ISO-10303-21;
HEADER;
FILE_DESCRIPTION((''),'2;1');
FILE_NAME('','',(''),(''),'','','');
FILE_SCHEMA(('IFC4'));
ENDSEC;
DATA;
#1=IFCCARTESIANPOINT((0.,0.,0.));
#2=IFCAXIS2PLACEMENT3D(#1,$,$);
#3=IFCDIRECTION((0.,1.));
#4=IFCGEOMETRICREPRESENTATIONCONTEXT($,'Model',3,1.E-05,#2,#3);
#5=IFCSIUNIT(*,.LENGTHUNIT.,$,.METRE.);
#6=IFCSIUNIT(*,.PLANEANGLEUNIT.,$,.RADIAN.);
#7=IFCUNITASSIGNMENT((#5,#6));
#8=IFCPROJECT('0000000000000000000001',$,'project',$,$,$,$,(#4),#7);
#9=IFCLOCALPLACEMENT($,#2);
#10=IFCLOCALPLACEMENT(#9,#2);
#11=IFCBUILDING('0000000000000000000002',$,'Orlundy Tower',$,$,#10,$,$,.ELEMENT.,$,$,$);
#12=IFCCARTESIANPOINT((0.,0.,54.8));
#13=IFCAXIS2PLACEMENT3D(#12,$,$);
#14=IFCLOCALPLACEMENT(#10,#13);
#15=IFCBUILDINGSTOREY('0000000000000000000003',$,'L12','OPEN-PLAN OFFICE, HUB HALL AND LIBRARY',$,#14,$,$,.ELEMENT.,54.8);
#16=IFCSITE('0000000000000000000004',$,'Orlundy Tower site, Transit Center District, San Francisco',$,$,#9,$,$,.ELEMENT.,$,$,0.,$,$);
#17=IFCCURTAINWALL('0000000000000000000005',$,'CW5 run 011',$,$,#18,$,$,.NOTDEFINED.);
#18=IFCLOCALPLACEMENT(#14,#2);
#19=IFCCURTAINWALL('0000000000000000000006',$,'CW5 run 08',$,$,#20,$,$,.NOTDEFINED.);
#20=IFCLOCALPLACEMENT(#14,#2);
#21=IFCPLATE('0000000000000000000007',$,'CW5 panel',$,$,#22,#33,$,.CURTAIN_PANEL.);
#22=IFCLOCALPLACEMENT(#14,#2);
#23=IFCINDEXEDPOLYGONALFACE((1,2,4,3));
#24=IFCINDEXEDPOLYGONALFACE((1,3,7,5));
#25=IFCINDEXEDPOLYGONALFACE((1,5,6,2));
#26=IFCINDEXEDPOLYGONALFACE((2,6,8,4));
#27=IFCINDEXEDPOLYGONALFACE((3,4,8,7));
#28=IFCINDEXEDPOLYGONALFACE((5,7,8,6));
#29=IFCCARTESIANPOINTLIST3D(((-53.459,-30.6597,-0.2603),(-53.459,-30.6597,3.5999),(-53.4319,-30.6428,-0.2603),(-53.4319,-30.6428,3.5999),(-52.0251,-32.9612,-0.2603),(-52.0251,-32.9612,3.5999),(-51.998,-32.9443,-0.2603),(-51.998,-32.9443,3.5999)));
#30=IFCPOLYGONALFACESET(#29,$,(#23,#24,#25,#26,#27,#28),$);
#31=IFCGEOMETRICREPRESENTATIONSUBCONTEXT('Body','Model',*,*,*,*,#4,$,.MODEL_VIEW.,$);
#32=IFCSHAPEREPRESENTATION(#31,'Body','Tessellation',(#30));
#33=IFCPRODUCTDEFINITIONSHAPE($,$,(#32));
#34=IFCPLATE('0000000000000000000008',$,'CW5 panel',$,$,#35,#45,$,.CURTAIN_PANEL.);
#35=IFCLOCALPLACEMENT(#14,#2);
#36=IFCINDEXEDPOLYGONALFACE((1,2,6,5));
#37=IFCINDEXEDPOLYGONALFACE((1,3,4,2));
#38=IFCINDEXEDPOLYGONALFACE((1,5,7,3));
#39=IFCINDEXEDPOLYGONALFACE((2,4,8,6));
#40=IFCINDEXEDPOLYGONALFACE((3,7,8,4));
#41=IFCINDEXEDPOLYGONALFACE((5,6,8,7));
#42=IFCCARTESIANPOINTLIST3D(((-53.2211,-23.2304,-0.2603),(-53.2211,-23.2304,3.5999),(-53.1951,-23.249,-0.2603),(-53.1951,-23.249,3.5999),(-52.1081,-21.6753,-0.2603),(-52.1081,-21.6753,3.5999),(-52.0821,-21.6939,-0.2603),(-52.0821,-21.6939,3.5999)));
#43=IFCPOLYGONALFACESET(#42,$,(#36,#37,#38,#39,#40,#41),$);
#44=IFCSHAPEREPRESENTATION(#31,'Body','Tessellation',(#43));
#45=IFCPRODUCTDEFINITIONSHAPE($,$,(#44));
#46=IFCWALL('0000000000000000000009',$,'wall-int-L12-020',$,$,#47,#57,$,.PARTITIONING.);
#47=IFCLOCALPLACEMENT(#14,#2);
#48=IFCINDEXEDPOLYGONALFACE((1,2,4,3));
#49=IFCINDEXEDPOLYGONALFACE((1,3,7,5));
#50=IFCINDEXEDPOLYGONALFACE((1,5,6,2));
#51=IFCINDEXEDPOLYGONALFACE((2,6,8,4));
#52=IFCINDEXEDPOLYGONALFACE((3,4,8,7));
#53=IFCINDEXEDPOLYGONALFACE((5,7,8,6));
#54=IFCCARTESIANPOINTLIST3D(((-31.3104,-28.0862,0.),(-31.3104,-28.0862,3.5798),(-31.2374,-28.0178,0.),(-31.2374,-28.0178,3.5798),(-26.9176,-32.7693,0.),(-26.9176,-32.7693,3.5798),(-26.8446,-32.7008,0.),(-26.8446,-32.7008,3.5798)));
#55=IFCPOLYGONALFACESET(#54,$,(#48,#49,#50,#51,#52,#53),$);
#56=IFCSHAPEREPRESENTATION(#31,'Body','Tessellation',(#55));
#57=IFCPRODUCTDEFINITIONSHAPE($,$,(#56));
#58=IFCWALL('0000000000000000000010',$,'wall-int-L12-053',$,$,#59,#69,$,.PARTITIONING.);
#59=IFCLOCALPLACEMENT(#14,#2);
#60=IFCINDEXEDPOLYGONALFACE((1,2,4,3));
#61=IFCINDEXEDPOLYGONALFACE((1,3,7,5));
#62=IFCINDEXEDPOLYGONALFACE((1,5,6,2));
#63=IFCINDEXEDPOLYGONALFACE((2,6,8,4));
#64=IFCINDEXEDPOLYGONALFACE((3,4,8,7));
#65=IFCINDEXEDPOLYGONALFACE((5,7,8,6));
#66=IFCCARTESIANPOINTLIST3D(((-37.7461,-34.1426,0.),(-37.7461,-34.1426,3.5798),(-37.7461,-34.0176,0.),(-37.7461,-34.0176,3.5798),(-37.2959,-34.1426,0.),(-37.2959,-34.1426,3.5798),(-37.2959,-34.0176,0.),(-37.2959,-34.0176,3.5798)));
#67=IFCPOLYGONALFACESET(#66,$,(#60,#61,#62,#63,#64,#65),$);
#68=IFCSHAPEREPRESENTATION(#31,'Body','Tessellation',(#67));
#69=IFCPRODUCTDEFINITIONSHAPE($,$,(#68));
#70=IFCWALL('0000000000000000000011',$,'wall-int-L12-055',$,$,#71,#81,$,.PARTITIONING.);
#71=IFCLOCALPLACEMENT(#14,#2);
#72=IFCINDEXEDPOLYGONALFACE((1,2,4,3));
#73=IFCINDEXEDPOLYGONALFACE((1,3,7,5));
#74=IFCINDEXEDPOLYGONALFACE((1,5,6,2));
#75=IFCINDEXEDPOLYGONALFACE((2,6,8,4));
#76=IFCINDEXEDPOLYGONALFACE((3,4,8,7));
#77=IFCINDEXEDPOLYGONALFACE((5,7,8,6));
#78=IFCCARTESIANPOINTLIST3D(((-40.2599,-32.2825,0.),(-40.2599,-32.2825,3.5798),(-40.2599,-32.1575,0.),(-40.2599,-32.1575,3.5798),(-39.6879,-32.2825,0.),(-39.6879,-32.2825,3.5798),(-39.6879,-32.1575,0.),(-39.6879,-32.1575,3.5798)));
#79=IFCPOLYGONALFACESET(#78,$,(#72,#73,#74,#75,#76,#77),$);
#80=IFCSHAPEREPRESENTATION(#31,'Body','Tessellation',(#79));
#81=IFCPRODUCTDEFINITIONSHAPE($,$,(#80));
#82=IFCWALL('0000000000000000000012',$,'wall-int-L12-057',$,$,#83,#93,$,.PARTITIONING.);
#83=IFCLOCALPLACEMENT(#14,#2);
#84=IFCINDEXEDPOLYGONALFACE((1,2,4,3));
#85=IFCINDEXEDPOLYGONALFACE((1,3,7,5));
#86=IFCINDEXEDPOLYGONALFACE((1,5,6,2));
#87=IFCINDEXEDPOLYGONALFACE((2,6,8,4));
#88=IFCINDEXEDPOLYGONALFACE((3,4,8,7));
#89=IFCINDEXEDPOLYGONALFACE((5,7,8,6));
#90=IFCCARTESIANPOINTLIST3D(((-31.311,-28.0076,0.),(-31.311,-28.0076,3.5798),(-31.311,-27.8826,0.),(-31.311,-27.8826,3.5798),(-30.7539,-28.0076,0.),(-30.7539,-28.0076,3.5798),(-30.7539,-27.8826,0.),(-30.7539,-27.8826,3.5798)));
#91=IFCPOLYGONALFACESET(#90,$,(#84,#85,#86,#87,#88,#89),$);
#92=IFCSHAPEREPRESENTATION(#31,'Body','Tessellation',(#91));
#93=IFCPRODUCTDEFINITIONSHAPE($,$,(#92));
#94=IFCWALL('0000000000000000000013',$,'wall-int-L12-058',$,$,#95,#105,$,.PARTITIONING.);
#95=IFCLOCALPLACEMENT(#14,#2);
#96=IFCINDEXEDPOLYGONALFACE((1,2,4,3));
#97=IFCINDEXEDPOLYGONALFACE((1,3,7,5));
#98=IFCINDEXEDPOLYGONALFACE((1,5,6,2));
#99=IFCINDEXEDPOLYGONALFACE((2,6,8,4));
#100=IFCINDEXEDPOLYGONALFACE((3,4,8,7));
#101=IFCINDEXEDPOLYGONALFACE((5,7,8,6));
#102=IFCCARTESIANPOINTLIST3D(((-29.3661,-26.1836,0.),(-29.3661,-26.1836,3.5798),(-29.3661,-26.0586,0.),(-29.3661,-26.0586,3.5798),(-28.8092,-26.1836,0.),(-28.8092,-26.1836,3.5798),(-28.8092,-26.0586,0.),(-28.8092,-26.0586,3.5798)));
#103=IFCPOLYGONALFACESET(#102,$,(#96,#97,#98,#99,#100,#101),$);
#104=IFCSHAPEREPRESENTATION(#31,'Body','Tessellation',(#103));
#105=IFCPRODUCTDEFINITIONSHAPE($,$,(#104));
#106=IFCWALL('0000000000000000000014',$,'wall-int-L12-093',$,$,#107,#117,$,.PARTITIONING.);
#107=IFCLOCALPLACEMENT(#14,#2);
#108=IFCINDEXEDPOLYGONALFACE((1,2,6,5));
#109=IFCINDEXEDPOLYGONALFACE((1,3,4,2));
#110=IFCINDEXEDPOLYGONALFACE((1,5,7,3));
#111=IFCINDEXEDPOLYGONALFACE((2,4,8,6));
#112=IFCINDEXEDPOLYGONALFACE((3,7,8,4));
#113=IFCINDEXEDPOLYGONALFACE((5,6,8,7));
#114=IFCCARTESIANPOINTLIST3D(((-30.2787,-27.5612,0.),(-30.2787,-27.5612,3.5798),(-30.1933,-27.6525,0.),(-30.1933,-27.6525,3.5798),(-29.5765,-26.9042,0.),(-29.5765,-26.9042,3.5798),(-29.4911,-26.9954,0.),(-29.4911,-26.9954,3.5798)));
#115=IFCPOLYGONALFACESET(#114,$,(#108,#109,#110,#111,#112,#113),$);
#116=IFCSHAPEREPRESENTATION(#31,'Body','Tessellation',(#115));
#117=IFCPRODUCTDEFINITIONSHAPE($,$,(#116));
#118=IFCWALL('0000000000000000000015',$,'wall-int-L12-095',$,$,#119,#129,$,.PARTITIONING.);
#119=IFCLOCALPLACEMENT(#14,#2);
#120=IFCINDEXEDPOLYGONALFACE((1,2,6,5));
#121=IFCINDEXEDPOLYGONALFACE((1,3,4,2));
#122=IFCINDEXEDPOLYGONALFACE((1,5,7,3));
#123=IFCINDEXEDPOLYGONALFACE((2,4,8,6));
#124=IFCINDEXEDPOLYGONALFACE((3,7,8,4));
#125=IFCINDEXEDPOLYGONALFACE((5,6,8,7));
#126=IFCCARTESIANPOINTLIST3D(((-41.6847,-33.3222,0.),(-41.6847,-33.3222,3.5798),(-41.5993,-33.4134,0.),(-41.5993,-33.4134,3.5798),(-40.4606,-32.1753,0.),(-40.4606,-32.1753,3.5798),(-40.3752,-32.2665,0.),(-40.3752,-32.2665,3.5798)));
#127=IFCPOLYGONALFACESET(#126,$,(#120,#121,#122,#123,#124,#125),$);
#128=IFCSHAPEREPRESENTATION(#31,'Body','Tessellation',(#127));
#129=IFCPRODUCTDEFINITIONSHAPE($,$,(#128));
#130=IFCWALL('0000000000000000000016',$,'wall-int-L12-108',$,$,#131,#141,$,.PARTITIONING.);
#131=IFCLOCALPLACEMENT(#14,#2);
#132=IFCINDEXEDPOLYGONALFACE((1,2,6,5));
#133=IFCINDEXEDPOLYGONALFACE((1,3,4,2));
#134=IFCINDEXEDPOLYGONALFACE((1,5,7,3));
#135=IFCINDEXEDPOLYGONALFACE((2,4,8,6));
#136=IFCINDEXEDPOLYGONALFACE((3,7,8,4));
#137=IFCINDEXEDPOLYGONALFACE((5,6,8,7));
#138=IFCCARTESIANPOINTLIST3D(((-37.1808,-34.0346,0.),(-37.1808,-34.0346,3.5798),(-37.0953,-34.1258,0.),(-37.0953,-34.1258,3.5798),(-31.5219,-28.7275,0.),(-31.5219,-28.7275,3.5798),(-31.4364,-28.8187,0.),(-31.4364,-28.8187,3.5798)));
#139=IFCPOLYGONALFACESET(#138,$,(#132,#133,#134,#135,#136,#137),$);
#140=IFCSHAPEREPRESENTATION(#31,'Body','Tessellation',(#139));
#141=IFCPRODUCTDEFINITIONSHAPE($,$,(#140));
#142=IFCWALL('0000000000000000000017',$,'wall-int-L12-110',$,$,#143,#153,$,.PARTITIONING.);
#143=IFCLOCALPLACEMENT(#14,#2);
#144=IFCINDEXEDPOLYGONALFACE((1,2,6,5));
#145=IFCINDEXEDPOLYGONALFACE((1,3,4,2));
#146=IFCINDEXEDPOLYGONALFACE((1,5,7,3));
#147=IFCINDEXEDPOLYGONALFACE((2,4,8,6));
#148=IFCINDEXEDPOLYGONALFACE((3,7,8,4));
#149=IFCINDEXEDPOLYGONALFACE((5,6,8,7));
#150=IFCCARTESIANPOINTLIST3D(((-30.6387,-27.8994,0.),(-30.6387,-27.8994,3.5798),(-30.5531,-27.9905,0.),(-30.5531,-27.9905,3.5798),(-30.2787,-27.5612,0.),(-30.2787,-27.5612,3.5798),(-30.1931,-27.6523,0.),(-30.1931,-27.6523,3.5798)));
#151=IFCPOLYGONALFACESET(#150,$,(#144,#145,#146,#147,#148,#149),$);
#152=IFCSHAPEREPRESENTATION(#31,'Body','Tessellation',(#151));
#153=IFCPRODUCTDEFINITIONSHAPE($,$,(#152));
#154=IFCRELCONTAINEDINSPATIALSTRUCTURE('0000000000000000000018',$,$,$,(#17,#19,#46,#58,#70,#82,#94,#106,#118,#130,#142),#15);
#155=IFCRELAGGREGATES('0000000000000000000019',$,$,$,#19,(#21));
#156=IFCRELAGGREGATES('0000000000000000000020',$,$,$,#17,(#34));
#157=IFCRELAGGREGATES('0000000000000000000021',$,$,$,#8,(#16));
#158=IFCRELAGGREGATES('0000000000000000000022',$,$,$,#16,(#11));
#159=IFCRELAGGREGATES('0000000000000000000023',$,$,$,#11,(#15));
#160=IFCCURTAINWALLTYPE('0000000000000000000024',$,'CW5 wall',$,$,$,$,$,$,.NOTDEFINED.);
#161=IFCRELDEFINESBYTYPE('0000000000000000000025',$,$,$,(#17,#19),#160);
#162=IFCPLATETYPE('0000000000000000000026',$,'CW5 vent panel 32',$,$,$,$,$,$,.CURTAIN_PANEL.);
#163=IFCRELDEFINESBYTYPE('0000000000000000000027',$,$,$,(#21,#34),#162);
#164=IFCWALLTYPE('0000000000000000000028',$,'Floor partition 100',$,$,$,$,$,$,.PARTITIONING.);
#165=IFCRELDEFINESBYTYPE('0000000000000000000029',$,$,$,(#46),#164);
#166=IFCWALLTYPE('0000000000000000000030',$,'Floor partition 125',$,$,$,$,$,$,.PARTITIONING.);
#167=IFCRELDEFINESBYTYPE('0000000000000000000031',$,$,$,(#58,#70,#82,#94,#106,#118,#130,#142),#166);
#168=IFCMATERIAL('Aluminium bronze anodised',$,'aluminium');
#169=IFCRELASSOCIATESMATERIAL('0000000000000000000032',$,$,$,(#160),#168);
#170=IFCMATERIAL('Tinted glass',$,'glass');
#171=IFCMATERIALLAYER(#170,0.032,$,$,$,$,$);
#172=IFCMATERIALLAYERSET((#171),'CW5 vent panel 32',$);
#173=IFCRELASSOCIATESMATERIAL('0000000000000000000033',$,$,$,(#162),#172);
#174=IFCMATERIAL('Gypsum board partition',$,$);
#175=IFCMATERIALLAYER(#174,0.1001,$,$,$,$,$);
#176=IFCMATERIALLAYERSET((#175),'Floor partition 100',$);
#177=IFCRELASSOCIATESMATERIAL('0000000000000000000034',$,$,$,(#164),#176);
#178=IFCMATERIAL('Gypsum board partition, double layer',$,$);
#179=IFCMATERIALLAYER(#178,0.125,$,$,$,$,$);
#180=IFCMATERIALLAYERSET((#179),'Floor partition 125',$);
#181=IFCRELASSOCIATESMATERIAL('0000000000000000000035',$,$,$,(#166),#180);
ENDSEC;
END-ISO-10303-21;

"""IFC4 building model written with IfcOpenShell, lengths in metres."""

from ifc_helpers import new_model, si_unit, direction, frame, frame_2d, origin, origin_2d, place, context, subcontext, project, spatial, rectangle, extrude, material, layer, layer_set, type_object, element, aggregate, save


model = new_model("IFC4")

# Units and contexts
model_context = context("Model", 3, precision=1e-05, world=origin(), true_north=direction((0.0, 1.0)))
body_context = subcontext(model_context, "Body", "Model", "MODEL_VIEW")
ifc_project = project(units=[si_unit("LENGTHUNIT", "METRE"), si_unit("PLANEANGLEUNIT", "RADIAN")], contexts=[model_context])

# Site, building, storey
site_placement = place(None, origin())
site = spatial("IfcSite", under=ifc_project, at=site_placement, Name="Orlundy Tower site, Transit Center District, San Francisco", CompositionType="ELEMENT", RefElevation=0.0)
building_placement = place(site_placement, origin())
building = spatial("IfcBuilding", under=site, at=building_placement, Name="Orlundy Tower", CompositionType="ELEMENT")
storey_placement = place(building_placement, frame((0.0, 0.0, 54.8)))
storey = spatial("IfcBuildingStorey", under=building, at=storey_placement, Name="L12", Description="OPEN-PLAN OFFICE, HUB HALL AND LIBRARY", CompositionType="ELEMENT", Elevation=54.8)

# Curtain walls
ifc_material_1 = material(Name="Aluminium bronze anodised", Category="aluminium")
curtain_wall_type = type_object("IfcCurtainWallType", Name="CW5 wall", PredefinedType="NOTDEFINED", material=ifc_material_1)
curtain_wall_1_placement = place(storey_placement, origin())
curtain_wall_1 = element("IfcCurtainWall", 1, at=curtain_wall_1_placement, inside=storey, type_object=curtain_wall_type, Name="CW5 run 011", PredefinedType="NOTDEFINED")
curtain_wall_2_placement = place(storey_placement, origin())
curtain_wall_2 = element("IfcCurtainWall", 2, at=curtain_wall_2_placement, inside=storey, type_object=curtain_wall_type, Name="CW5 run 08", PredefinedType="NOTDEFINED")

# Plates
ifc_material_2 = material(Name="Tinted glass", Category="glass")
ifc_layer_1 = layer(ifc_material_2, 0.032)
ifc_layer_set_1 = layer_set([ifc_layer_1], Name="CW5 vent panel 32")
plate_type_1 = type_object("IfcPlateType", Name="CW5 vent panel 32", PredefinedType="CURTAIN_PANEL", material=ifc_layer_set_1)
plate_1_placement = place(storey_placement, frame((-52.7285, -31.802, -0.2603), z_axis=(0.0, 0.0, 1.0), x_axis=(-0.528786, 0.848755, 0.0)))
plate_1 = element("IfcPlate", 3, at=plate_1_placement, type_object=plate_type_1, Name="CW5 panel", PredefinedType="CURTAIN_PANEL", context=body_context, shape_type="SweptSolid", body=[
    extrude(rectangle(XDim=2.7117, YDim=0.032, at=origin_2d()), origin(), (0.0, 0.0, 1.0), 3.8601),
])
aggregate(curtain_wall_2, [plate_1])
plate_2_placement = place(storey_placement, frame((-52.6516, -22.4622, -0.2603), z_axis=(0.0, 0.0, 1.0), x_axis=(0.581978, 0.813204, 0.0)))
plate_2 = element("IfcPlate", 4, at=plate_2_placement, type_object=plate_type_1, Name="CW5 panel", PredefinedType="CURTAIN_PANEL", context=body_context, shape_type="SweptSolid", body=[
    extrude(rectangle(XDim=1.9124, YDim=0.032, at=origin_2d()), origin(), (0.0, 0.0, 1.0), 3.8601),
])
aggregate(curtain_wall_1, [plate_2])

# Walls
ifc_material_3 = material(Name="Gypsum board partition")
ifc_layer_2 = layer(ifc_material_3, 0.1001)
ifc_layer_set_2 = layer_set([ifc_layer_2], Name="Floor partition 100")
wall_type_1 = type_object("IfcWallType", Name="Floor partition 100", PredefinedType="PARTITIONING", material=ifc_layer_set_2)
wall_1_placement = place(storey_placement, frame((-31.2739, -28.052, 0.0), z_axis=(0.0, 0.0, 1.0), x_axis=(0.684141, -0.72935, 0.0)))
element("IfcWall", 5, at=wall_1_placement, inside=storey, type_object=wall_type_1, Name="wall-int-L12-020", PredefinedType="PARTITIONING", context=body_context, shape_type="SweptSolid", body=[
    extrude(rectangle(XDim=6.4209, YDim=0.1001, at=frame_2d((3.2104, 0.0))), origin(), (0.0, 0.0, 1.0), 3.5798),
])
ifc_material_4 = material(Name="Gypsum board partition, double layer")
ifc_layer_3 = layer(ifc_material_4, 0.125)
ifc_layer_set_3 = layer_set([ifc_layer_3], Name="Floor partition 125")
wall_type_2 = type_object("IfcWallType", Name="Floor partition 125", PredefinedType="PARTITIONING", material=ifc_layer_set_3)
wall_2_placement = place(storey_placement, frame((-37.7461, -34.0801, 0.0), z_axis=(0.0, 0.0, 1.0), x_axis=(1.0, 0.0, 0.0)))
element("IfcWall", 6, at=wall_2_placement, inside=storey, type_object=wall_type_2, Name="wall-int-L12-053", PredefinedType="PARTITIONING", context=body_context, shape_type="SweptSolid", body=[
    extrude(rectangle(XDim=0.4502, YDim=0.125, at=frame_2d((0.2251, 0.0))), origin(), (0.0, 0.0, 1.0), 3.5798),
])
wall_3_placement = place(storey_placement, frame((-40.26, -32.22, 0.0), z_axis=(0.0, 0.0, 1.0), x_axis=(1.0, 0.0, 0.0)))
element("IfcWall", 7, at=wall_3_placement, inside=storey, type_object=wall_type_2, Name="wall-int-L12-055", PredefinedType="PARTITIONING", context=body_context, shape_type="SweptSolid", body=[
    extrude(rectangle(XDim=0.572, YDim=0.125, at=frame_2d((0.2861, 0.0))), origin(), (0.0, 0.0, 1.0), 3.5798),
])
wall_4_placement = place(storey_placement, frame((-31.311, -27.9451, 0.0), z_axis=(0.0, 0.0, 1.0), x_axis=(1.0, 0.0, 0.0)))
element("IfcWall", 8, at=wall_4_placement, inside=storey, type_object=wall_type_2, Name="wall-int-L12-057", PredefinedType="PARTITIONING", context=body_context, shape_type="SweptSolid", body=[
    extrude(rectangle(XDim=0.5571, YDim=0.125, at=frame_2d((0.2786, 0.0))), origin(), (0.0, 0.0, 1.0), 3.5798),
])
wall_5_placement = place(storey_placement, frame((-29.366, -26.1211, 0.0), z_axis=(0.0, 0.0, 1.0), x_axis=(1.0, 0.0, 0.0)))
element("IfcWall", 9, at=wall_5_placement, inside=storey, type_object=wall_type_2, Name="wall-int-L12-058", PredefinedType="PARTITIONING", context=body_context, shape_type="SweptSolid", body=[
    extrude(rectangle(XDim=0.5569, YDim=0.125, at=frame_2d((0.2783, 0.0))), origin(), (0.0, 0.0, 1.0), 3.5798),
])
wall_6_placement = place(storey_placement, frame((-30.2361, -27.6069, 0.0), z_axis=(0.0, 0.0, 1.0), x_axis=(0.730202, 0.683231, 0.0)))
element("IfcWall", 10, at=wall_6_placement, inside=storey, type_object=wall_type_2, Name="wall-int-L12-093", PredefinedType="PARTITIONING", context=body_context, shape_type="SweptSolid", body=[
    extrude(rectangle(XDim=0.9617, YDim=0.125, at=frame_2d((0.481, 0.0))), origin(), (0.0, 0.0, 1.0), 3.5798),
])
wall_7_placement = place(storey_placement, frame((-41.6421, -33.3679, 0.0), z_axis=(0.0, 0.0, 1.0), x_axis=(0.729728, 0.683738, 0.0)))
element("IfcWall", 11, at=wall_7_placement, inside=storey, type_object=wall_type_2, Name="wall-int-L12-095", PredefinedType="PARTITIONING", context=body_context, shape_type="SweptSolid", body=[
    extrude(rectangle(XDim=1.6775, YDim=0.125, at=frame_2d((0.8389, 0.0))), origin(), (0.0, 0.0, 1.0), 3.5798),
])
wall_8_placement = place(storey_placement, frame((-37.1379, -34.0801, 0.0), z_axis=(0.0, 0.0, 1.0), x_axis=(0.729416, 0.68407, 0.0)))
element("IfcWall", 12, at=wall_8_placement, inside=storey, type_object=wall_type_2, Name="wall-int-L12-108", PredefinedType="PARTITIONING", context=body_context, shape_type="SweptSolid", body=[
    extrude(rectangle(XDim=7.7581, YDim=0.125, at=frame_2d((3.8789, 0.0))), origin(), (0.0, 0.0, 1.0), 3.5798),
])
wall_9_placement = place(storey_placement, frame((-30.5959, -27.9451, 0.0), z_axis=(0.0, 0.0, 1.0), x_axis=(0.728766, 0.684763, 0.0)))
element("IfcWall", 13, at=wall_9_placement, inside=storey, type_object=wall_type_2, Name="wall-int-L12-110", PredefinedType="PARTITIONING", context=body_context, shape_type="SweptSolid", body=[
    extrude(rectangle(XDim=0.4939, YDim=0.125, at=frame_2d((0.2471, 0.0))), origin(), (0.0, 0.0, 1.0), 3.5798),
])

save(model, "model.ifc")
